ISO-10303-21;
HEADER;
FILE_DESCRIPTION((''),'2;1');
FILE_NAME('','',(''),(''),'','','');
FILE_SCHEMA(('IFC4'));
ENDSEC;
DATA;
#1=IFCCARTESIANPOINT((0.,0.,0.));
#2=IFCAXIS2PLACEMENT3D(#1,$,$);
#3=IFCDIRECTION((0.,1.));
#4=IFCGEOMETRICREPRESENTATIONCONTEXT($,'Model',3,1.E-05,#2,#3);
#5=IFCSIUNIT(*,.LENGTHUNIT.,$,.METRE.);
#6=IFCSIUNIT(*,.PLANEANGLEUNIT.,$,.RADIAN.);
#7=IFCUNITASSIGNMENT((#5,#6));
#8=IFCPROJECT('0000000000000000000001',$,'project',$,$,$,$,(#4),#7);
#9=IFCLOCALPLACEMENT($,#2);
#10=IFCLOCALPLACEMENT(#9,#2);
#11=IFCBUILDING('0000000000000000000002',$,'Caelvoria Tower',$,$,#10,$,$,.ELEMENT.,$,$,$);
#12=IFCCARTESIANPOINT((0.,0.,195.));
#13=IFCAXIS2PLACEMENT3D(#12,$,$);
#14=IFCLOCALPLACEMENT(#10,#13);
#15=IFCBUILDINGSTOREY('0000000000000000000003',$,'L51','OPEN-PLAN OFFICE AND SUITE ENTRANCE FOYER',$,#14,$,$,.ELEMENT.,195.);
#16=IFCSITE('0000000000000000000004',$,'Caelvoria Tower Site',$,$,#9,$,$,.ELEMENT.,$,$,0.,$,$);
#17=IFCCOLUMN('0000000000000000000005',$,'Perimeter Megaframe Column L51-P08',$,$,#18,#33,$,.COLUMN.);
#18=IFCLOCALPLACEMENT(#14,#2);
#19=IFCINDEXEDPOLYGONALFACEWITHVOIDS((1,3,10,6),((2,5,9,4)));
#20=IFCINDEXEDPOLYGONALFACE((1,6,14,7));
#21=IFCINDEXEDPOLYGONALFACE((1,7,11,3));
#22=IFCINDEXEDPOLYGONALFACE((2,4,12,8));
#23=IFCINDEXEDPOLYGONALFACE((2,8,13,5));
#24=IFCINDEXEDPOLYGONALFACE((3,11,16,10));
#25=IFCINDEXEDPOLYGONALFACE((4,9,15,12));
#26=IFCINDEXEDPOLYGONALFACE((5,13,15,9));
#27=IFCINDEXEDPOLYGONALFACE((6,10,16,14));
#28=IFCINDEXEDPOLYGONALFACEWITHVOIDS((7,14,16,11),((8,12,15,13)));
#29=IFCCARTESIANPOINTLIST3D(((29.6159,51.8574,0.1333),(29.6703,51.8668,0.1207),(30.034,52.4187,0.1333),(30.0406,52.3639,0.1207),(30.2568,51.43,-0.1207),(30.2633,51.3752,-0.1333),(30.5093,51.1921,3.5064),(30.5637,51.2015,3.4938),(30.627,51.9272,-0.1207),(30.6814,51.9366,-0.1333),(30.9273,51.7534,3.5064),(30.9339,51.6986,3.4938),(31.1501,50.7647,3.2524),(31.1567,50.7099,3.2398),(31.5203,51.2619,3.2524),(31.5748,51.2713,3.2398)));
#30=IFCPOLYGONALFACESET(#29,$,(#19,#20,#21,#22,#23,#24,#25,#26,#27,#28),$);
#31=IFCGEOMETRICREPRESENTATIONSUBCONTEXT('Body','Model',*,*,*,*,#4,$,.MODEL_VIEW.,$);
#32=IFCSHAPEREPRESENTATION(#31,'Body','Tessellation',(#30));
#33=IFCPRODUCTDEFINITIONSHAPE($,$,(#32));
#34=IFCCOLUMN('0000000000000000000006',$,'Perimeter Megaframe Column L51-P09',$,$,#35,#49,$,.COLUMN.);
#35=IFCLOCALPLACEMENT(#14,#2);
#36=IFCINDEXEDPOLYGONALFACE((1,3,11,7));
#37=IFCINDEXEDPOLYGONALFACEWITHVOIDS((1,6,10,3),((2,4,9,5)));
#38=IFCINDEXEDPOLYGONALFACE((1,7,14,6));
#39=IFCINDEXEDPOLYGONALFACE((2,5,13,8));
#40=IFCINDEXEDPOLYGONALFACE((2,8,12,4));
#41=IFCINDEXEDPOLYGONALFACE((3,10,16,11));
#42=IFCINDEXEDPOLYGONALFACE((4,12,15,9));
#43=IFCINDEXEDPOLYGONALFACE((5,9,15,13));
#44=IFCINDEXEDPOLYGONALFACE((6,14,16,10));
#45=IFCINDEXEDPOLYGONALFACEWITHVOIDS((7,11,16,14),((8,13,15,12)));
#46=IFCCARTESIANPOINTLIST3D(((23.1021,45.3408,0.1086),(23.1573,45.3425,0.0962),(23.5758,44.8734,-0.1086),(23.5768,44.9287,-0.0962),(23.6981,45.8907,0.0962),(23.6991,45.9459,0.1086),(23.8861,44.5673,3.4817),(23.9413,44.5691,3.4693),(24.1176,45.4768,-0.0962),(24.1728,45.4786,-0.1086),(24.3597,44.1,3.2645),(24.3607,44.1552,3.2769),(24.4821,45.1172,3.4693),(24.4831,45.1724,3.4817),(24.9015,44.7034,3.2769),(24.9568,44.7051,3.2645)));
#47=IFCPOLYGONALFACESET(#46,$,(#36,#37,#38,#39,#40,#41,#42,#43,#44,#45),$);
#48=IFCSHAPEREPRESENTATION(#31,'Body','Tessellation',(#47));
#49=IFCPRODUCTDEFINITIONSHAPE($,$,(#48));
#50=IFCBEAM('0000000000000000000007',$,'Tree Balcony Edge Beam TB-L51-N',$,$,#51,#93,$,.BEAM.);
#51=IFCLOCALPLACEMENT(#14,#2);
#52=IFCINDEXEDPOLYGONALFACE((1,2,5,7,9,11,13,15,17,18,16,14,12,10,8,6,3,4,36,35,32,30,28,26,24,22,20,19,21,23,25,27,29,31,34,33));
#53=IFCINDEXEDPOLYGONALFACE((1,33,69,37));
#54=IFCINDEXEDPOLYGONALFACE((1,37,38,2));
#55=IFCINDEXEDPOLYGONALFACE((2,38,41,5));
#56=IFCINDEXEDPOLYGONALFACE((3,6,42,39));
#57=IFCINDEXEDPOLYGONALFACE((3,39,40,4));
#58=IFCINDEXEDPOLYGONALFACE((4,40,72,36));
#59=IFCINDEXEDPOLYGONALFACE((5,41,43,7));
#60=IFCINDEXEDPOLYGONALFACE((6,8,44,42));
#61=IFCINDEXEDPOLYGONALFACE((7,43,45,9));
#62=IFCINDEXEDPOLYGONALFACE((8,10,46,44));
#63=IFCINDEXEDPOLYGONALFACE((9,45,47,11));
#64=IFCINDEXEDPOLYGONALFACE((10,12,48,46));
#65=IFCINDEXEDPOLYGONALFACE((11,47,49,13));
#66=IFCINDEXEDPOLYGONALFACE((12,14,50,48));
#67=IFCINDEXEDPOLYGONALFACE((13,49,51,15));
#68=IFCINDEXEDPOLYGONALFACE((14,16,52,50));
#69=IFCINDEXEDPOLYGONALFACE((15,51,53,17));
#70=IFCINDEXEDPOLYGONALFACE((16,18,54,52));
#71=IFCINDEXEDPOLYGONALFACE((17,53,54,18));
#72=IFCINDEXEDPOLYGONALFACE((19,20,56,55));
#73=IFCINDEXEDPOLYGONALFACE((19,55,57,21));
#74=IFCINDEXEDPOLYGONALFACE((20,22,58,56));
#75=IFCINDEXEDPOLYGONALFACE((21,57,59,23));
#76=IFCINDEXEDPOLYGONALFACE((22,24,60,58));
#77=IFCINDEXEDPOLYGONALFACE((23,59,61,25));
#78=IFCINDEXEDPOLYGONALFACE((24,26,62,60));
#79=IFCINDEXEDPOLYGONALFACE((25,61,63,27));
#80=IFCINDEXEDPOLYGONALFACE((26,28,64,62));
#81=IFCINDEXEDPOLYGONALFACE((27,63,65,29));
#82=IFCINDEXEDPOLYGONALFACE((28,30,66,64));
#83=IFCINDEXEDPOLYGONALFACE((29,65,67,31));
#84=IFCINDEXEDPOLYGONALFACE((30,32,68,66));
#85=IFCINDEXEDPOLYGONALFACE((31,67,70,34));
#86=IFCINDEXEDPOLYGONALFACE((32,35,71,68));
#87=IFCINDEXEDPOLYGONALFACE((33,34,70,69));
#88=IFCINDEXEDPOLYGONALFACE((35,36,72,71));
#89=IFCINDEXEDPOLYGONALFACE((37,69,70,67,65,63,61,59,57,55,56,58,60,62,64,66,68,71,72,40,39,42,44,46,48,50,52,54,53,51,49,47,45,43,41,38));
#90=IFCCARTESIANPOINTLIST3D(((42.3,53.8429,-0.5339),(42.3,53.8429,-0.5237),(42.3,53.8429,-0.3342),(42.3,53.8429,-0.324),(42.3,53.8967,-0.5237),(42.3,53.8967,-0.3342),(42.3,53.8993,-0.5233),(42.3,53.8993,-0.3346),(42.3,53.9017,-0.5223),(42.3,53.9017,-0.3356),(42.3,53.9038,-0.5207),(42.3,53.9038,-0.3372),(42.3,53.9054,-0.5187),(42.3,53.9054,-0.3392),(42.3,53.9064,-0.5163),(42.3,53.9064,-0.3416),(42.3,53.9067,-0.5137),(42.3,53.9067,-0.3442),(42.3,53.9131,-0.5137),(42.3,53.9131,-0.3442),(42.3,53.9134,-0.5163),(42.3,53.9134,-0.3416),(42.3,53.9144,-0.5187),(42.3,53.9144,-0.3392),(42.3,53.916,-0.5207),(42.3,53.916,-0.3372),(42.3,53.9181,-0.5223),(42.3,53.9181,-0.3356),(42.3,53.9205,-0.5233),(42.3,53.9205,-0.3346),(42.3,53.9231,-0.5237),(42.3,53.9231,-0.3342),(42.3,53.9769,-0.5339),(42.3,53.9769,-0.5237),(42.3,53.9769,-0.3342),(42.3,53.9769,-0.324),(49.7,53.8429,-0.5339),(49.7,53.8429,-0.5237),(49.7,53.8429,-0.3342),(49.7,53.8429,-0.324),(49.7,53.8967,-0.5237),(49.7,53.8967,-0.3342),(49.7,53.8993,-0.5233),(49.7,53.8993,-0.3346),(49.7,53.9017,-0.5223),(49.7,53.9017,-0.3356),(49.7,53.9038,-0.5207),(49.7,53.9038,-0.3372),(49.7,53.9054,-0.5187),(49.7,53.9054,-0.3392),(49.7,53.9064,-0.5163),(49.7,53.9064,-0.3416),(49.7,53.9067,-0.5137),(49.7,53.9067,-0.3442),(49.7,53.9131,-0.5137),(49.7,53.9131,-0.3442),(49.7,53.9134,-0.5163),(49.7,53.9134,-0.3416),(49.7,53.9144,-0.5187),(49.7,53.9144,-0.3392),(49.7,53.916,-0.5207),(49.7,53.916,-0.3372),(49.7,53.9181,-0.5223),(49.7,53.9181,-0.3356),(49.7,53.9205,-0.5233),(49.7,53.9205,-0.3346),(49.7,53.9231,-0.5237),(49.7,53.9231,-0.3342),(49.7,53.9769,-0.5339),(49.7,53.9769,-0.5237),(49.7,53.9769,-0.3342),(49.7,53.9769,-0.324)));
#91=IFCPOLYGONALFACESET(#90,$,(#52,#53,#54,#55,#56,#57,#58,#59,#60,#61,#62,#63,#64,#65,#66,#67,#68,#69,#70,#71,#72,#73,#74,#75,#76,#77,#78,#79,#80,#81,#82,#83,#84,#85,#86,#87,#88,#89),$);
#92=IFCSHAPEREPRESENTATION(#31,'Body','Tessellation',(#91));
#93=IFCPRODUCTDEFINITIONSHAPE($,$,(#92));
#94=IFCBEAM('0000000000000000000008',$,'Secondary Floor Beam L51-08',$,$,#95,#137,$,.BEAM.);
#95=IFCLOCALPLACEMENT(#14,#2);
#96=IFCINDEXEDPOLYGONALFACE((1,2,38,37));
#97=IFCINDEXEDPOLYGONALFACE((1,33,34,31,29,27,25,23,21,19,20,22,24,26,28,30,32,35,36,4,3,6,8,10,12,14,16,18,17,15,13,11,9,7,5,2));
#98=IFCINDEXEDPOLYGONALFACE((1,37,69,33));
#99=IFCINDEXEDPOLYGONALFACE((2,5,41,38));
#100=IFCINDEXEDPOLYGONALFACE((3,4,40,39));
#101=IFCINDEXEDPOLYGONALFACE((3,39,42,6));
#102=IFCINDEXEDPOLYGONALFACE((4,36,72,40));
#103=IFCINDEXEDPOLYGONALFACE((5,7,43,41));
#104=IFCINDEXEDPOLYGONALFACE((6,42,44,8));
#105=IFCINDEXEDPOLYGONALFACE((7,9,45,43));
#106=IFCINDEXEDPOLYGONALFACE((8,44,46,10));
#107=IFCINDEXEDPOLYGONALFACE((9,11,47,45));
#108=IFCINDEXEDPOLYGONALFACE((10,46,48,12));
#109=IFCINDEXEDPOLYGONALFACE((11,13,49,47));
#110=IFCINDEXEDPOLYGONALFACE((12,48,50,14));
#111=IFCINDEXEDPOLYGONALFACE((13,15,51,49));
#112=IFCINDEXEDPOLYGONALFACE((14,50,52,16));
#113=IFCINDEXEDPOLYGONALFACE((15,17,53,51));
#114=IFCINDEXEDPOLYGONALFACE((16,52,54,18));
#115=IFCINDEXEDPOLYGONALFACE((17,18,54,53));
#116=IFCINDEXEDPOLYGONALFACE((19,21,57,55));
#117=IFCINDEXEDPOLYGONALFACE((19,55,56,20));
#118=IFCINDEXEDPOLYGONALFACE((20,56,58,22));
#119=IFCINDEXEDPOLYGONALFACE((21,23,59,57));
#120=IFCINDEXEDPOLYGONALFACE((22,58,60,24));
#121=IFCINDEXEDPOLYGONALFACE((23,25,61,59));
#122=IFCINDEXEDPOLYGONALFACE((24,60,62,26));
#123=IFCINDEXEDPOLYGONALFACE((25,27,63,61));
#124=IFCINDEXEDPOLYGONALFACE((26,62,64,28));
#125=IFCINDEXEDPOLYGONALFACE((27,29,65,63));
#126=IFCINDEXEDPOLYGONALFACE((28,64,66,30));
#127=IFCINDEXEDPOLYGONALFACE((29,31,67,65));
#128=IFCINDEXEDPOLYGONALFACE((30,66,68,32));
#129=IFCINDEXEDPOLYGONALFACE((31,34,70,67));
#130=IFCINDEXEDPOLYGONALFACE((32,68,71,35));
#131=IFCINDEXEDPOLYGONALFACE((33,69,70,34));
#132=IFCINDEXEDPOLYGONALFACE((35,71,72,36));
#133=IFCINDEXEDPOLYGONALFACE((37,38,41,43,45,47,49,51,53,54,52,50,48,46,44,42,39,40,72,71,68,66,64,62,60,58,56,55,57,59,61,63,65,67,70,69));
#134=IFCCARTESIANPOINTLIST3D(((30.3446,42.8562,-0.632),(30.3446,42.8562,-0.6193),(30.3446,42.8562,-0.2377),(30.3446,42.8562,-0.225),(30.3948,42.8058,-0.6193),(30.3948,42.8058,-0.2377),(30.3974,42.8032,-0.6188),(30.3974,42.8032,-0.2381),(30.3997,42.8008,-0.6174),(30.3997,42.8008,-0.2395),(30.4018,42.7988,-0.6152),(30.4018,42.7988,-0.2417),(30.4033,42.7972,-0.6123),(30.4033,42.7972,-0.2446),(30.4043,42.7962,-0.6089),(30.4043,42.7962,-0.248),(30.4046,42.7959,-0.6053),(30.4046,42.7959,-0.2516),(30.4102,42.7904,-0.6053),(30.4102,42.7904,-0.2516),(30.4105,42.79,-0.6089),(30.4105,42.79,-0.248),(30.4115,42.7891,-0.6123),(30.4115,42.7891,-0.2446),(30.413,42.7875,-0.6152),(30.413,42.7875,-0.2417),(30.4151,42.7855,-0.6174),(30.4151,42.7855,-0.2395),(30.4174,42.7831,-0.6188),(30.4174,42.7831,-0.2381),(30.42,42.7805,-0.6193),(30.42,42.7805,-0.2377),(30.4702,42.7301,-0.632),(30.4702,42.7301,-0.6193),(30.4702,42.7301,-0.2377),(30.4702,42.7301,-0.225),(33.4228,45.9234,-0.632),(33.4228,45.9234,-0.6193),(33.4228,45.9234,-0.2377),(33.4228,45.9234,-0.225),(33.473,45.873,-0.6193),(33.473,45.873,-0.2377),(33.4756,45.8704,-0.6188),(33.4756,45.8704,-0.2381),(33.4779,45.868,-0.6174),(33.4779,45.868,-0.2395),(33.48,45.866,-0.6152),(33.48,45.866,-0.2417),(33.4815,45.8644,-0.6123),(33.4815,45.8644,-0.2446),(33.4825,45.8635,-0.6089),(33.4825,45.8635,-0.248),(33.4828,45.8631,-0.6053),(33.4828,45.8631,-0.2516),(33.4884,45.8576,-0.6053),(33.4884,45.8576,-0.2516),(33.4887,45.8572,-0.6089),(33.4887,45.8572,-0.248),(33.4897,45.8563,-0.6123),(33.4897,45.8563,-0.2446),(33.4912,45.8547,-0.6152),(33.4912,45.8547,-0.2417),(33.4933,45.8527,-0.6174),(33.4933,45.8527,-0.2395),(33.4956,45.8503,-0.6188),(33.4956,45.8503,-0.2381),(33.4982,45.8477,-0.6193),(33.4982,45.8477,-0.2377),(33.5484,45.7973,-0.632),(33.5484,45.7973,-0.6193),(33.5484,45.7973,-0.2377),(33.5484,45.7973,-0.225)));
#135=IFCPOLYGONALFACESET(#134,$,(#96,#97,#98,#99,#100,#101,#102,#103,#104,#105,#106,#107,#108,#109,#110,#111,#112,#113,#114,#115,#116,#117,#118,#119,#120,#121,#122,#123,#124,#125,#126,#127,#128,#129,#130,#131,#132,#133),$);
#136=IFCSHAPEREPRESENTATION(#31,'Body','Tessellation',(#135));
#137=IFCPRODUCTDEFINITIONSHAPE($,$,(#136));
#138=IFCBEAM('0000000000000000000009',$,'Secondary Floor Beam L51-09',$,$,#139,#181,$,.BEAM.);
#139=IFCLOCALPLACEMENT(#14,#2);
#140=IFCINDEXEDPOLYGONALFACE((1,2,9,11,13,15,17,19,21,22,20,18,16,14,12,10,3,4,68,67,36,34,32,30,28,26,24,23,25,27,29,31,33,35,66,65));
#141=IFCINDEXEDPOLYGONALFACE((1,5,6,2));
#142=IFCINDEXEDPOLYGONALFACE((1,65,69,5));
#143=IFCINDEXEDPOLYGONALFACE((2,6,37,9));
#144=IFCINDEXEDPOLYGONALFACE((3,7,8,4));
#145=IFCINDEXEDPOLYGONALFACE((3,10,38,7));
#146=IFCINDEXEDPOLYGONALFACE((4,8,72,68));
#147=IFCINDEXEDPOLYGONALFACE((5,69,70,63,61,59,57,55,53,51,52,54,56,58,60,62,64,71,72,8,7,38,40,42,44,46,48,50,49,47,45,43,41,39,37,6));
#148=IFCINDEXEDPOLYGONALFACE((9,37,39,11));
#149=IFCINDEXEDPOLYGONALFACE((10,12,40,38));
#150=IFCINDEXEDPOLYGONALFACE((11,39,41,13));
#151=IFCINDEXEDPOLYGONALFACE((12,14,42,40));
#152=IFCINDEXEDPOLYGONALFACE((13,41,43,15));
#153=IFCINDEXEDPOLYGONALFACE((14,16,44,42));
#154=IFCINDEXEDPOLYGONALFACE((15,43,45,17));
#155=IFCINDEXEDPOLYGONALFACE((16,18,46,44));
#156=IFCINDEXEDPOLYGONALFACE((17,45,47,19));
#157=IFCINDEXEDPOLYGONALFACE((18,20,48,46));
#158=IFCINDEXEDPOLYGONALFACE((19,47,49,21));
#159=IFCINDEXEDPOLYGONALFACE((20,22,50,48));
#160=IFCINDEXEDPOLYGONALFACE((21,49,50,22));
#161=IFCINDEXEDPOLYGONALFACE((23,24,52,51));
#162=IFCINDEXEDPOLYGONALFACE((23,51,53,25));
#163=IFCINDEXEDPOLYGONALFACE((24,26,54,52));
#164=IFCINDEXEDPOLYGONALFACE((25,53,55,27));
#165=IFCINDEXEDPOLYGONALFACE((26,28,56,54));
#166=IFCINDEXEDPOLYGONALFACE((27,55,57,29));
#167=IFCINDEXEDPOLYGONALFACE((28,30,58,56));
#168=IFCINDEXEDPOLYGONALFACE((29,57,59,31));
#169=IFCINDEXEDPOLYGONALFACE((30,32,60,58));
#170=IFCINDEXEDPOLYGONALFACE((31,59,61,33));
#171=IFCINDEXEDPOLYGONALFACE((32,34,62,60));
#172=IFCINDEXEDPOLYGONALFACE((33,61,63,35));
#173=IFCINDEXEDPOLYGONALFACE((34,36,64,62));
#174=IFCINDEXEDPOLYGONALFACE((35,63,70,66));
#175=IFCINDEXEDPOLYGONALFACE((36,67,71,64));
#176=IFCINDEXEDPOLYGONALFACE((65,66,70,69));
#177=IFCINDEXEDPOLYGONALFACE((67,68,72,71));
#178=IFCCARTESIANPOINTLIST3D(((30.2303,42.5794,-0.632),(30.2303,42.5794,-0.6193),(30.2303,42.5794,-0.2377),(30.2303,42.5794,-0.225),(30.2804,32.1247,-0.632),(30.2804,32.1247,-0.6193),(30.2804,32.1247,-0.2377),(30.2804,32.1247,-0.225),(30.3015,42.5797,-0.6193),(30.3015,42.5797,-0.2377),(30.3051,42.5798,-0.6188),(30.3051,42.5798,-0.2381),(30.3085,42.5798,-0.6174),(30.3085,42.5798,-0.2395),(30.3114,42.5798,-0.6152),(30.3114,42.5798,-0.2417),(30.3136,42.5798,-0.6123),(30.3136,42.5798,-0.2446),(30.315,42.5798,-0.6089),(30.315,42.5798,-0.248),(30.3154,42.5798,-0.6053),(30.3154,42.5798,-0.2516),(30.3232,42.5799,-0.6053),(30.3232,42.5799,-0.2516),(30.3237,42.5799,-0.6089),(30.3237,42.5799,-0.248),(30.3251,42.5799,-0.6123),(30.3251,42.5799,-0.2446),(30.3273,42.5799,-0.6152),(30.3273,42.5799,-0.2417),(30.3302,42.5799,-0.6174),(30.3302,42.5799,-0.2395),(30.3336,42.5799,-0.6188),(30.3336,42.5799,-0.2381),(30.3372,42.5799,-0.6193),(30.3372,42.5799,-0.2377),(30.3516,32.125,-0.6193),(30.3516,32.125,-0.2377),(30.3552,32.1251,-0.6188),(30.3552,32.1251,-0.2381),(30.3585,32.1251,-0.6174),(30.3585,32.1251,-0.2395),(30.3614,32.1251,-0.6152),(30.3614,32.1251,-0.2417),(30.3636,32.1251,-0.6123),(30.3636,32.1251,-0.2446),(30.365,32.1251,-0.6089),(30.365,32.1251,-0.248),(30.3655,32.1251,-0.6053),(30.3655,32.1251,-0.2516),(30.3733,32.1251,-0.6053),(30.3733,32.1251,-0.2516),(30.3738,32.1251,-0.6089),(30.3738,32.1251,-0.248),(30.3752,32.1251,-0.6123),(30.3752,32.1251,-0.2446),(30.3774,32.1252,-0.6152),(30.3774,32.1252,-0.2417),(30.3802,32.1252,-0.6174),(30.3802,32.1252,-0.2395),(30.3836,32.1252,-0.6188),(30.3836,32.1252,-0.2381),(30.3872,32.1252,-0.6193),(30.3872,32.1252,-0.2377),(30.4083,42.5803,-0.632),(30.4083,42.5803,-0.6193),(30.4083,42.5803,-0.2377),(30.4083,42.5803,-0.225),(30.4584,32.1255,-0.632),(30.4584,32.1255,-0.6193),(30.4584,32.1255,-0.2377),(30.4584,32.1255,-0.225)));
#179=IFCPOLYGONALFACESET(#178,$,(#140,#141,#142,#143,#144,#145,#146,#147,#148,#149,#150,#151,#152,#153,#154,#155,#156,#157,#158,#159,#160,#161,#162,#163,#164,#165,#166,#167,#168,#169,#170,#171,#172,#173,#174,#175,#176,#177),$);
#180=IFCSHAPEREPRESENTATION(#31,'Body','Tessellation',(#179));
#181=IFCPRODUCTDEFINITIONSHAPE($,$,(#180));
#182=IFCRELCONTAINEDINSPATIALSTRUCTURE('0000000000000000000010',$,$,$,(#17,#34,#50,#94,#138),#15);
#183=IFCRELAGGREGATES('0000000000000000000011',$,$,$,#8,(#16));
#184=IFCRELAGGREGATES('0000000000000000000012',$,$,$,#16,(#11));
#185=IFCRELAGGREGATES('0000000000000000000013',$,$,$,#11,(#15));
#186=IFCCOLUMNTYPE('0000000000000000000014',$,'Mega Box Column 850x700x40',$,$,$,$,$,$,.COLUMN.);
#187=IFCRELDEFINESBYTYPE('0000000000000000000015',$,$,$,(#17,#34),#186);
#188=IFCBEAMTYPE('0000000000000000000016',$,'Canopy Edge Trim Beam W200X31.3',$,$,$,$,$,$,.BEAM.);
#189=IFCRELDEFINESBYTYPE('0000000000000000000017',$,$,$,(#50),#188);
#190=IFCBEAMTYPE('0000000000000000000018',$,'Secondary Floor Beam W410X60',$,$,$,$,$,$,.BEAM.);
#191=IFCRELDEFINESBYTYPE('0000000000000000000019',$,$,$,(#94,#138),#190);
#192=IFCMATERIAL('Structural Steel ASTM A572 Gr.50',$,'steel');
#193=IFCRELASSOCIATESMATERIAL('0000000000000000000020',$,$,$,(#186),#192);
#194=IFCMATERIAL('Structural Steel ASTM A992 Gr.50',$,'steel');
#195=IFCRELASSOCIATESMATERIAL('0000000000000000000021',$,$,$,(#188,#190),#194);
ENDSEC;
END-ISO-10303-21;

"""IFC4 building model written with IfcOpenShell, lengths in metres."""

from ifc_helpers import new_model, si_unit, direction, frame, origin, origin_2d, place, context, subcontext, project, spatial, hollow_rectangle, i_section, extrude, material, material_profile, profile_set, type_object, element, save


model = new_model("IFC4")

# Units and contexts
model_context = context("Model", 3, precision=1e-05, world=origin(), true_north=direction((0.0, 1.0)))
body_context = subcontext(model_context, "Body", "Model", "MODEL_VIEW")
ifc_project = project(units=[si_unit("LENGTHUNIT", "METRE"), si_unit("PLANEANGLEUNIT", "RADIAN")], contexts=[model_context])

# Site, building, storey
site_placement = place(None, origin())
site = spatial("IfcSite", under=ifc_project, at=site_placement, Name="Caelvoria Tower Site", CompositionType="ELEMENT", RefElevation=0.0)
building_placement = place(site_placement, origin())
building = spatial("IfcBuilding", under=site, at=building_placement, Name="Caelvoria Tower", CompositionType="ELEMENT")
storey_placement = place(building_placement, frame((0.0, 0.0, 195.0)))
storey = spatial("IfcBuildingStorey", under=building, at=storey_placement, Name="L51", Description="OPEN-PLAN OFFICE AND SUITE ENTRANCE FOYER", CompositionType="ELEMENT", Elevation=195.0)

# Columns
ifc_material_1 = material(Name="Structural Steel ASTM A572 Gr.50", Category="steel")
ifc_material_profile_1 = material_profile(ifc_material_1, hollow_rectangle(XDim=0.7, YDim=0.8501, WallThickness=0.04, at=origin_2d()), Name="Structural Steel ASTM A572 Gr.50")
ifc_profile_set_1 = profile_set([ifc_material_profile_1], Name="BOX850X700X40 - Structural Steel ASTM A572 Gr.50")
column_type = type_object("IfcColumnType", Name="Mega Box Column 850x700x40", PredefinedType="COLUMN", material=ifc_profile_set_1)
column_1_placement = place(storey_placement, frame((30.1487, 51.897, 0.0), z_axis=(0.251482, -0.187288, 0.949568), x_axis=(0.597296, 0.802021, 0.0)))
element("IfcColumn", 1, at=column_1_placement, inside=storey, type_object=column_type, Name="Perimeter Megaframe Column L51-P08", PredefinedType="COLUMN", context=body_context, shape_type="SweptSolid", body=[
    extrude(hollow_rectangle(XDim=0.7, YDim=0.8501, WallThickness=0.04, at=origin_2d()), origin(), (0.0, 0.0, 1.0), 3.5522),
])
column_2_placement = place(storey_placement, frame((23.6375, 45.4097, 0.0), z_axis=(0.220935, -0.217976, 0.950618), x_axis=(-0.676704, 0.667642, 0.310364)))
element("IfcColumn", 2, at=column_2_placement, inside=storey, type_object=column_type, Name="Perimeter Megaframe Column L51-P09", PredefinedType="COLUMN", context=body_context, shape_type="SweptSolid", body=[
    extrude(hollow_rectangle(XDim=0.7, YDim=0.8501, WallThickness=0.04, at=origin_2d()), origin(), (0.0, 0.0, 1.0), 3.5483),
])

# Beams
ifc_material_2 = material(Name="Structural Steel ASTM A992 Gr.50", Category="steel")
ifc_material_profile_2 = material_profile(ifc_material_2, i_section(OverallWidth=0.134, OverallDepth=0.21, WebThickness=0.0063, FlangeThickness=0.0103, FilletRadius=0.01, at=origin_2d()), Name="Structural Steel ASTM A992 Gr.50")
ifc_profile_set_2 = profile_set([ifc_material_profile_2], Name="W200X31.3 - Structural Steel ASTM A992 Gr.50")
beam_type_1 = type_object("IfcBeamType", Name="Canopy Edge Trim Beam W200X31.3", PredefinedType="BEAM", material=ifc_profile_set_2)
beam_1_placement = place(storey_placement, frame((42.3, 53.9099, -0.429), z_axis=(1.0, 0.0, 0.0), x_axis=(0.0, 1.0, 0.0)))
element("IfcBeam", 3, at=beam_1_placement, inside=storey, type_object=beam_type_1, Name="Tree Balcony Edge Beam TB-L51-N", PredefinedType="BEAM", context=body_context, shape_type="SweptSolid", body=[
    extrude(i_section(OverallWidth=0.134, OverallDepth=0.21, WebThickness=0.0063, FlangeThickness=0.0103, FilletRadius=0.01, at=origin_2d()), origin(), (0.0, 0.0, 1.0), 7.3999),
])
ifc_material_profile_3 = material_profile(ifc_material_2, i_section(OverallWidth=0.178, OverallDepth=0.407, WebThickness=0.0078, FlangeThickness=0.0127, FilletRadius=0.0139, at=origin_2d()), Name="Structural Steel ASTM A992 Gr.50")
ifc_profile_set_3 = profile_set([ifc_material_profile_3], Name="W410X60 - Structural Steel ASTM A992 Gr.50")
beam_type_2 = type_object("IfcBeamType", Name="Secondary Floor Beam W410X60", PredefinedType="BEAM", material=ifc_profile_set_3)
beam_2_placement = place(storey_placement, frame((33.4856, 45.8604, -0.4285), z_axis=(-0.70837, -0.705842, 0.0), x_axis=(0.705842, -0.70837, 0.0)))
element("IfcBeam", 4, at=beam_2_placement, inside=storey, type_object=beam_type_2, Name="Secondary Floor Beam L51-08", PredefinedType="BEAM", context=body_context, shape_type="SweptSolid", body=[
    extrude(i_section(OverallWidth=0.178, OverallDepth=0.407, WebThickness=0.0078, FlangeThickness=0.0127, FilletRadius=0.0139, at=origin_2d()), origin(), (0.0, 0.0, 1.0), 4.3455),
])
beam_3_placement = place(storey_placement, frame((30.3193, 42.5798, -0.4285), z_axis=(0.004787, -0.999989, 0.0), x_axis=(0.999989, 0.004787, 0.0)))
element("IfcBeam", 5, at=beam_3_placement, inside=storey, type_object=beam_type_2, Name="Secondary Floor Beam L51-09", PredefinedType="BEAM", context=body_context, shape_type="SweptSolid", body=[
    extrude(i_section(OverallWidth=0.178, OverallDepth=0.407, WebThickness=0.0078, FlangeThickness=0.0127, FilletRadius=0.0139, at=origin_2d()), origin(), (0.0, 0.0, 1.0), 10.4548),
])

save(model, "model.ifc")
